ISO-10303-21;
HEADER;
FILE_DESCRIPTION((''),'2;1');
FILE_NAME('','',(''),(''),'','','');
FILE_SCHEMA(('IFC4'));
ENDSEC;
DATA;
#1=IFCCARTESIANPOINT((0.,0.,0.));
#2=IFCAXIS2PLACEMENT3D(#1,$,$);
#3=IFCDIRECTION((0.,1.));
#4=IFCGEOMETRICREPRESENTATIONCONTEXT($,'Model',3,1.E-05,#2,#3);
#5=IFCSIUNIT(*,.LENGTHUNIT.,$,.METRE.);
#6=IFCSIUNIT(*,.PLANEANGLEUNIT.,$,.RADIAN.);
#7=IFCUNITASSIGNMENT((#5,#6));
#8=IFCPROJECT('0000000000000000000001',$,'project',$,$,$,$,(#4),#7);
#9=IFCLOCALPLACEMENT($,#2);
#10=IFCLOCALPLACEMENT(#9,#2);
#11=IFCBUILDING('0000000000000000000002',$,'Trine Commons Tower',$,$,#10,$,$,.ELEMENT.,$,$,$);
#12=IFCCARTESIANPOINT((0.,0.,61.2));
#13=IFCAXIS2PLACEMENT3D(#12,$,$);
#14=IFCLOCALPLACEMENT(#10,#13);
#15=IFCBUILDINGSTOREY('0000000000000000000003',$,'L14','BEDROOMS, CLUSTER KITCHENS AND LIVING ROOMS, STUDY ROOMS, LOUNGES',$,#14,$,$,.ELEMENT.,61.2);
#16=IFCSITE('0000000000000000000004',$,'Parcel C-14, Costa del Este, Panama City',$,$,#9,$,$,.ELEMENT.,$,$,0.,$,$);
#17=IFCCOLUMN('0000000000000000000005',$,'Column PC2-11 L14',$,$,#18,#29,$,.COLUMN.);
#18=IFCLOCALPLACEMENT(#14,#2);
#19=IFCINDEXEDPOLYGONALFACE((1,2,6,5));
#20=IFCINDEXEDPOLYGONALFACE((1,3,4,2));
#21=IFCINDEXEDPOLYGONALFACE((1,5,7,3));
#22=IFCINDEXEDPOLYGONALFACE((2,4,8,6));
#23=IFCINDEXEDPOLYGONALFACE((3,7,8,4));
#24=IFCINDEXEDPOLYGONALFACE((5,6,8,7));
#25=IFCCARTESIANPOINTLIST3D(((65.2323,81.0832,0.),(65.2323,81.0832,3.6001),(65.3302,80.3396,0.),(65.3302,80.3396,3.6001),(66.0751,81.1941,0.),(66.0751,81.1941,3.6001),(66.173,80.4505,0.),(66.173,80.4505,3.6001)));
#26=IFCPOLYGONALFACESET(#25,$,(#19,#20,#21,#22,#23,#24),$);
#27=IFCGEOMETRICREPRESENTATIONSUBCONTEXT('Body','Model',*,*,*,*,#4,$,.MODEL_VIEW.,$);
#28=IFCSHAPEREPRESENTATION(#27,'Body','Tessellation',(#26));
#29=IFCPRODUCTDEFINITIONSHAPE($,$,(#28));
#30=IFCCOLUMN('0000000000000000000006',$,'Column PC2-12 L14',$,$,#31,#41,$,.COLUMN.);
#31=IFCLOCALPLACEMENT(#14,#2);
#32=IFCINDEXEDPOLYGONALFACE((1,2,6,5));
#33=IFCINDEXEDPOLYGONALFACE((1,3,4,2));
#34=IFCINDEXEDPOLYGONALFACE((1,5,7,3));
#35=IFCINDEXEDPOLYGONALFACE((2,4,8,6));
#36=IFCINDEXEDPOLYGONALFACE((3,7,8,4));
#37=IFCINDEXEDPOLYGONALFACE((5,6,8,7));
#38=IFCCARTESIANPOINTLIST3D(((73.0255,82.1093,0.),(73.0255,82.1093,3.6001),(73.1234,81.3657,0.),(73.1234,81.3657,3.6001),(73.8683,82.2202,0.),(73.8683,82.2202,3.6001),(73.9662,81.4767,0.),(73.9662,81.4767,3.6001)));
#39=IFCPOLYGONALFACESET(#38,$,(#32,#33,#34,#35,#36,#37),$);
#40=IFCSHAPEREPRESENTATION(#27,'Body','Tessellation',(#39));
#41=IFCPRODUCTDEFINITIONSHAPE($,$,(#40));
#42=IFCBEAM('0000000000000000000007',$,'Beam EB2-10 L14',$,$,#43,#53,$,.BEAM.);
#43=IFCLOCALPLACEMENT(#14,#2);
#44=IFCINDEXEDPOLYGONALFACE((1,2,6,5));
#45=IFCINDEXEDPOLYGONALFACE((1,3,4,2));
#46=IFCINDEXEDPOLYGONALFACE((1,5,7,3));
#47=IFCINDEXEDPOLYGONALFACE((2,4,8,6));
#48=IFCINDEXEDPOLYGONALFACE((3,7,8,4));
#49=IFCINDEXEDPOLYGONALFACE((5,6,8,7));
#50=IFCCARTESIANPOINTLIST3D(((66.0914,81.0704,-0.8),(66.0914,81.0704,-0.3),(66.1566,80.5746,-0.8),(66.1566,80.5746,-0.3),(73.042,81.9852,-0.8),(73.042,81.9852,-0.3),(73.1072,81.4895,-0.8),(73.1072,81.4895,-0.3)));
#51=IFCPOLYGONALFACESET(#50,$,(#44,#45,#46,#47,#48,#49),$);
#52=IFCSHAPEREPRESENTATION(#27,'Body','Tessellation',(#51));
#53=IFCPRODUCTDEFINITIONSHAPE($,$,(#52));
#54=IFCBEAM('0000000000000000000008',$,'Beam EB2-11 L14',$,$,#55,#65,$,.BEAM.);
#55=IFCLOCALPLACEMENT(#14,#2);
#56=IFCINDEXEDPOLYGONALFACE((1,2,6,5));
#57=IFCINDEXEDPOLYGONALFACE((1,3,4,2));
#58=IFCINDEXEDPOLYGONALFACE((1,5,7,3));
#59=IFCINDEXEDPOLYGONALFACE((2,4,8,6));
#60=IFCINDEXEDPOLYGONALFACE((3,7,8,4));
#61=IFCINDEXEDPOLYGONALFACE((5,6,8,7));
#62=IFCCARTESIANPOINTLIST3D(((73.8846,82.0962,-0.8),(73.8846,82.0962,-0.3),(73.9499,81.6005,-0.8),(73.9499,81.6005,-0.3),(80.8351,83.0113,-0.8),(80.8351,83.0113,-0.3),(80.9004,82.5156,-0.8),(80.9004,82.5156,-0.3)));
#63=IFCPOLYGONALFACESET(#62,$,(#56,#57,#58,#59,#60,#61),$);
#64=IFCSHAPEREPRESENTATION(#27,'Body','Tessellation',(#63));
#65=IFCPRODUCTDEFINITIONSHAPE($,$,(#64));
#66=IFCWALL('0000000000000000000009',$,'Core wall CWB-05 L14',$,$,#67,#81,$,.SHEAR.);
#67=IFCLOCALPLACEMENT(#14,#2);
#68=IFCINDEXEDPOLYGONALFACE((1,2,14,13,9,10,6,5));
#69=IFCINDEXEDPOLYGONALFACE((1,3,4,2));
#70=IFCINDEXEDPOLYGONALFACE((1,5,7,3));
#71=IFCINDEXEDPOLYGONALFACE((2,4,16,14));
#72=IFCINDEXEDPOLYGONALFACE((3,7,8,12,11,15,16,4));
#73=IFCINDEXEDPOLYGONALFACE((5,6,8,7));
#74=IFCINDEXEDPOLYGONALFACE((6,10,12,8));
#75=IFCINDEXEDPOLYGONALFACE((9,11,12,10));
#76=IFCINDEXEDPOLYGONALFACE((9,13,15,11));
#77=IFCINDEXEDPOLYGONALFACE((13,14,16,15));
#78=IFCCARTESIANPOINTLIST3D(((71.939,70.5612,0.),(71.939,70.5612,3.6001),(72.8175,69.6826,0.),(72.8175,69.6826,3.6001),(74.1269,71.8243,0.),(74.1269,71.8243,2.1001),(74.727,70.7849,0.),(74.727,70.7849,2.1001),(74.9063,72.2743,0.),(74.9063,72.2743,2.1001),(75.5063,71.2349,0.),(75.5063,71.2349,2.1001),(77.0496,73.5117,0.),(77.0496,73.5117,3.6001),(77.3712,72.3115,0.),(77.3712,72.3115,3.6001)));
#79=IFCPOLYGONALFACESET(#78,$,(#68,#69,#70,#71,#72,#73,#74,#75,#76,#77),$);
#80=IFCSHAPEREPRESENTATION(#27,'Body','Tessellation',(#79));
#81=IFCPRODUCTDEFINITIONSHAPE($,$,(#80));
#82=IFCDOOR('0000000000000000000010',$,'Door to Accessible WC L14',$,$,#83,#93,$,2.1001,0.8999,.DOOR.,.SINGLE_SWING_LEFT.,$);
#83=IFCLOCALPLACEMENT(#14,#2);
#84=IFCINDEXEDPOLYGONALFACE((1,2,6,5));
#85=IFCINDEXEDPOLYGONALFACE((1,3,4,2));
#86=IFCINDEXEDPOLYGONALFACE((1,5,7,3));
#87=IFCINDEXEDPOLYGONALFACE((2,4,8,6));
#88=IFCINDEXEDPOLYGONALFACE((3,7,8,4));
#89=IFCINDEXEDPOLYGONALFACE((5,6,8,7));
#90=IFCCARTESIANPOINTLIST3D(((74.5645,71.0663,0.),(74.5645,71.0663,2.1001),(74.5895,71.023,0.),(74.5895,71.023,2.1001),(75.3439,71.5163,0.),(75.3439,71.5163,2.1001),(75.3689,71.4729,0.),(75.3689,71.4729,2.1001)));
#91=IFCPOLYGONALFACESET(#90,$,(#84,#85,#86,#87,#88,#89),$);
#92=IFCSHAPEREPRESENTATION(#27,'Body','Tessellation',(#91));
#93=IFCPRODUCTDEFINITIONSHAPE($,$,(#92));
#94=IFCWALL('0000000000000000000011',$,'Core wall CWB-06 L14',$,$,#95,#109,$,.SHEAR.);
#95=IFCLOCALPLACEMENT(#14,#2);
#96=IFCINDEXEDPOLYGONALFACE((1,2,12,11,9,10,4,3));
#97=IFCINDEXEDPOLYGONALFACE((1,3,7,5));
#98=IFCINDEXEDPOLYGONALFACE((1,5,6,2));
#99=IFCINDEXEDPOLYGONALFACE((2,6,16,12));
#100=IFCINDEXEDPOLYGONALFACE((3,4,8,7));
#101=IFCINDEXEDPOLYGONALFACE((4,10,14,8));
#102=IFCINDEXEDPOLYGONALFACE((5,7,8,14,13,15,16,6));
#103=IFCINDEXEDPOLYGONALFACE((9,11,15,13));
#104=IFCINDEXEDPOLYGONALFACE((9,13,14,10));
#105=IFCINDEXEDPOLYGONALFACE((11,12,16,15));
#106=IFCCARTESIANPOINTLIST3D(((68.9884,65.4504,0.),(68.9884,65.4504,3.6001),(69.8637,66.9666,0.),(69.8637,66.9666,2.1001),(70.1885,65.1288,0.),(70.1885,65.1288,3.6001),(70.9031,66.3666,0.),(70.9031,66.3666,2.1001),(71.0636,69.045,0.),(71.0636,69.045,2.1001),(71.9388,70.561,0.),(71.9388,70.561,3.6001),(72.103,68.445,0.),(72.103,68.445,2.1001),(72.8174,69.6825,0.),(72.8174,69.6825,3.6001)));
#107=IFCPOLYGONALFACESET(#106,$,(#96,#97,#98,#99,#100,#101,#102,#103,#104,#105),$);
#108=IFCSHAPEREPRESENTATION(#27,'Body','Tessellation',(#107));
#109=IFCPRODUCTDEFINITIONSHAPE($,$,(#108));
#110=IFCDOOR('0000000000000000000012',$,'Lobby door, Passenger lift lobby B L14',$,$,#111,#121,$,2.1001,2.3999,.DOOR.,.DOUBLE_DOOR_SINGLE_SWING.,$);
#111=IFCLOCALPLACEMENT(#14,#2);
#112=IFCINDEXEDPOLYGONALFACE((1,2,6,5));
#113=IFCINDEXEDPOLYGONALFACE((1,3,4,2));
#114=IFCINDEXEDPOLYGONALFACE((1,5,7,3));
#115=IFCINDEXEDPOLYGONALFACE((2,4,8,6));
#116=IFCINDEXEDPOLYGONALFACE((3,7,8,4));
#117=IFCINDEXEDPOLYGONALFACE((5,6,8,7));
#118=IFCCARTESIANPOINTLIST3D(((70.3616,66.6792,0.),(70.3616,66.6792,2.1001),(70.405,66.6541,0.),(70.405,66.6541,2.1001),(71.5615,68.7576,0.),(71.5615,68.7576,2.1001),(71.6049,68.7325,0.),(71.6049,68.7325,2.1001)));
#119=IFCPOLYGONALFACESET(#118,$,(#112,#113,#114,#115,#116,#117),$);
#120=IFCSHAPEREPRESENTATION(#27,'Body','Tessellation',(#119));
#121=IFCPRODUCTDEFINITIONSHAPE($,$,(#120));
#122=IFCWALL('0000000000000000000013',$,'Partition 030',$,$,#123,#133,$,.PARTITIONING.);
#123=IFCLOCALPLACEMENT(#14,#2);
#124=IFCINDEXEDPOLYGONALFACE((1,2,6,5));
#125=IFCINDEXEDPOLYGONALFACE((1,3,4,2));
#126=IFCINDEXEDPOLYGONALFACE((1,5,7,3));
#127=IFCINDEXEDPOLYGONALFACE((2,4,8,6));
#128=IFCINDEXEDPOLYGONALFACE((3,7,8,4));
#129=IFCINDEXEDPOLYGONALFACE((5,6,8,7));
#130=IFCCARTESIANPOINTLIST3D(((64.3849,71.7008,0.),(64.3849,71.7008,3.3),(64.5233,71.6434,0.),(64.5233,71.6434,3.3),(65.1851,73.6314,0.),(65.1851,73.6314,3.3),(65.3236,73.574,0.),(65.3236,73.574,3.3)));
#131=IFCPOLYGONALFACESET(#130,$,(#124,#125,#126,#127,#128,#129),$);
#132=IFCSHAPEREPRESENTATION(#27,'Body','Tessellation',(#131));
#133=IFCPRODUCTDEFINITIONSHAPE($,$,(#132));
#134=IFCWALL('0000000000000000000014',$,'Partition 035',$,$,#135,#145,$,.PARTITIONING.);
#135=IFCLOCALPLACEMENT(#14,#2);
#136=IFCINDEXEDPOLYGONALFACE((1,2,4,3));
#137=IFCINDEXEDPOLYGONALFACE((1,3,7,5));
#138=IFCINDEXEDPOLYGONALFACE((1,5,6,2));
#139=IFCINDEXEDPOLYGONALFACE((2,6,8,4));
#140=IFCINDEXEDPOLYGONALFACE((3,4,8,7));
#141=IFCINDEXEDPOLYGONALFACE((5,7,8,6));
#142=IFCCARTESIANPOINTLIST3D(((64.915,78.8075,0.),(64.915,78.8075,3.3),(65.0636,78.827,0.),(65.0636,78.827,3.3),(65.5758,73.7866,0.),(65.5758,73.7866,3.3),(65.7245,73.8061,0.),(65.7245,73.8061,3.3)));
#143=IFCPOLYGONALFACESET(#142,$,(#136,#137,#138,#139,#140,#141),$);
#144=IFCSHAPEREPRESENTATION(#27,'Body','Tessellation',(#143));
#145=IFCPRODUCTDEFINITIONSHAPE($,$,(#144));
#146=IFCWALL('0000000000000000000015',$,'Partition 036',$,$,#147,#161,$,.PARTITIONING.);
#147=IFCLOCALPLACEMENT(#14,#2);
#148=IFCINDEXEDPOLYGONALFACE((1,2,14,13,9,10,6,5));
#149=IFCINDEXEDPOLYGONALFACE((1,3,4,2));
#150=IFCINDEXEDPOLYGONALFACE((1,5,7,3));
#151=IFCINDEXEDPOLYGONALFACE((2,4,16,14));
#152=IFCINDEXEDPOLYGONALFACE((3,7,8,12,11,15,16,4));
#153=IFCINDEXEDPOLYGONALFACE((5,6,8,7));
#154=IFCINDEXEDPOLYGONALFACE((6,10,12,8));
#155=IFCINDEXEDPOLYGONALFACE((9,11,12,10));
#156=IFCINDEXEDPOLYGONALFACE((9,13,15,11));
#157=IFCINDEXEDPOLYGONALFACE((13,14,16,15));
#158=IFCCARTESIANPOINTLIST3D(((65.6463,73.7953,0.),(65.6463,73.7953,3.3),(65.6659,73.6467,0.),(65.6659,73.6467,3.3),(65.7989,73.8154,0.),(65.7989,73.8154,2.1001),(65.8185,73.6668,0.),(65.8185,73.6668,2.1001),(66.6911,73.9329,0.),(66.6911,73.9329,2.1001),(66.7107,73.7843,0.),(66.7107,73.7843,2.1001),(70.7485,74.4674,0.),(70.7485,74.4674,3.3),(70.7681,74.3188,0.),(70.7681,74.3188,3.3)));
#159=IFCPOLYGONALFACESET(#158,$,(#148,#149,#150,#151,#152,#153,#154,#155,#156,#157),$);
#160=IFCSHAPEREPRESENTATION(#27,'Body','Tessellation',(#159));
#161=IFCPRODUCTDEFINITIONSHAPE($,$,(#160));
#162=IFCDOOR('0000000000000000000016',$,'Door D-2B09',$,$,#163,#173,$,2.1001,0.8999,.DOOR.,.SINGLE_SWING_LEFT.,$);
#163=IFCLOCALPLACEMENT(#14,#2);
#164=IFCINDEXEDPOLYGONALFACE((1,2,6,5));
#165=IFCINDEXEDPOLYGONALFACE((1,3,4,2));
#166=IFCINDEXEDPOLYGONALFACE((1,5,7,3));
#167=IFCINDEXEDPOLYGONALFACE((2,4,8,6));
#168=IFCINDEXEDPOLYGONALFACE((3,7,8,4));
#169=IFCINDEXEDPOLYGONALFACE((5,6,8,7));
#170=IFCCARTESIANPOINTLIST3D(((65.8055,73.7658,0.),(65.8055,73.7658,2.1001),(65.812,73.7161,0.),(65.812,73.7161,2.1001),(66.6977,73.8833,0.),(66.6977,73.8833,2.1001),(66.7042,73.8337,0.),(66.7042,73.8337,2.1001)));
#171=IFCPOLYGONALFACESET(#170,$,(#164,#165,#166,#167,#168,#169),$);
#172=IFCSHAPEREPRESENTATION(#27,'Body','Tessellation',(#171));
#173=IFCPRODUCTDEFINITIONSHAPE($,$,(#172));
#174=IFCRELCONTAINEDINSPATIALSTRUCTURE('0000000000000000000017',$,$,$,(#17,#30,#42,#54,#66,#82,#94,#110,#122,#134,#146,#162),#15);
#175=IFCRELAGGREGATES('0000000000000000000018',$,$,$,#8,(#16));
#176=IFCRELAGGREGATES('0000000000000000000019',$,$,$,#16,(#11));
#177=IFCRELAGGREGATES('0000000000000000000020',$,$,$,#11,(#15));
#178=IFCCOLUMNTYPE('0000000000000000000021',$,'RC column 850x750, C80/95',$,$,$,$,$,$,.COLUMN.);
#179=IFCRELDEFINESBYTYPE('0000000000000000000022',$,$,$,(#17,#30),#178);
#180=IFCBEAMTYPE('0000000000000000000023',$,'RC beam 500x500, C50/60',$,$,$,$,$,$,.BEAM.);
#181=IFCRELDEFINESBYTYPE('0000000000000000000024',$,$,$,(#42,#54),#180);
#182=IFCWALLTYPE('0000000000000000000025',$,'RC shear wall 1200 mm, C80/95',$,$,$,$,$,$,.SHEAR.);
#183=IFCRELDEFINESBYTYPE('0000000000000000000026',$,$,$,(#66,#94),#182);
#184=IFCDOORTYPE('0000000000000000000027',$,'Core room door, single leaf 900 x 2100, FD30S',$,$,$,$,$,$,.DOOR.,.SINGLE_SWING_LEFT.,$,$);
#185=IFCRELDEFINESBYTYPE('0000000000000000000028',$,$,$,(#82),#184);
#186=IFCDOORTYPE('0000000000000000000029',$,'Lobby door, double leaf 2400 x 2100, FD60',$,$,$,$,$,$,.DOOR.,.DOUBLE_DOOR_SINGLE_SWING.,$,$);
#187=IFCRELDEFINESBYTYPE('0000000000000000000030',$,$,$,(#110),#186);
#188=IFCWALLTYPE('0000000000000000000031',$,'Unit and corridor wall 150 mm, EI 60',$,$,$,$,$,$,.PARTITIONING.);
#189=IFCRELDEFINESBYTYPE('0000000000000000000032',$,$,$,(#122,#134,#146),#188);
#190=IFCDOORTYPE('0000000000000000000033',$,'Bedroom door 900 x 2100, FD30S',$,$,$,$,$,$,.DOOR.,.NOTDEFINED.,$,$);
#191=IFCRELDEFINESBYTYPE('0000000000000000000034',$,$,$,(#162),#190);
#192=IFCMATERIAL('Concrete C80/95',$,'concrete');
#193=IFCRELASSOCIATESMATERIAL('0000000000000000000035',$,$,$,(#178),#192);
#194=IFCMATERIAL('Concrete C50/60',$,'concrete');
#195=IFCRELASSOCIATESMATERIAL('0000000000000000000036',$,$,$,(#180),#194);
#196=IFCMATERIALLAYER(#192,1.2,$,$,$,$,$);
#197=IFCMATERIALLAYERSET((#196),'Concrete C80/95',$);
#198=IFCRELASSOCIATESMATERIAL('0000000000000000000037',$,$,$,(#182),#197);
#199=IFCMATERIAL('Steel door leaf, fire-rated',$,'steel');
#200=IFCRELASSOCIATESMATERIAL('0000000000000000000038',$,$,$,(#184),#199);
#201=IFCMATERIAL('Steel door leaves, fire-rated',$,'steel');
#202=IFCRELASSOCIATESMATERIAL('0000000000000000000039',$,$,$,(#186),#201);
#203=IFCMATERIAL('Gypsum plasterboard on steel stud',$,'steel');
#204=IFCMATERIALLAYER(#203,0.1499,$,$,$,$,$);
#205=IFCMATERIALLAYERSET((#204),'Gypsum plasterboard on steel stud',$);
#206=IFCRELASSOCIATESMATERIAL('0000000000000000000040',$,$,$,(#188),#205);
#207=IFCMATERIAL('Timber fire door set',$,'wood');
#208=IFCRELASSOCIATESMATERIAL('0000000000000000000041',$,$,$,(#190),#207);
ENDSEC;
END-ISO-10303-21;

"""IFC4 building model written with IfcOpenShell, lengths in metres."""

from ifc_helpers import new_model, si_unit, direction, frame, frame_2d, origin, origin_2d, place, context, subcontext, project, spatial, polyline, rectangle, outline, extrude, material, layer, layer_set, material_profile, profile_set, type_object, element, fill, save


model = new_model("IFC4")

# Units and contexts
model_context = context("Model", 3, precision=1e-05, world=origin(), true_north=direction((0.0, 1.0)))
body_context = subcontext(model_context, "Body", "Model", "MODEL_VIEW")
ifc_project = project(units=[si_unit("LENGTHUNIT", "METRE"), si_unit("PLANEANGLEUNIT", "RADIAN")], contexts=[model_context])

# Site, building, storey
site_placement = place(None, origin())
site = spatial("IfcSite", under=ifc_project, at=site_placement, Name="Parcel C-14, Costa del Este, Panama City", CompositionType="ELEMENT", RefElevation=0.0)
building_placement = place(site_placement, origin())
building = spatial("IfcBuilding", under=site, at=building_placement, Name="Trine Commons Tower", CompositionType="ELEMENT")
storey_placement = place(building_placement, frame((0.0, 0.0, 61.2)))
storey = spatial("IfcBuildingStorey", under=building, at=storey_placement, Name="L14", Description="BEDROOMS, CLUSTER KITCHENS AND LIVING ROOMS, STUDY ROOMS, LOUNGES", CompositionType="ELEMENT", Elevation=61.2)

# Columns
ifc_material_1 = material(Name="Concrete C80/95", Category="concrete")
ifc_material_profile_1 = material_profile(ifc_material_1, rectangle(XDim=0.8501, YDim=0.75, at=origin_2d()), Name="RC 850x750")
ifc_profile_set_1 = profile_set([ifc_material_profile_1], Name="Concrete C80/95")
column_type = type_object("IfcColumnType", Name="RC column 850x750, C80/95", PredefinedType="COLUMN", material=ifc_profile_set_1)
for number, where, z_axis, x_axis, name in (
    (1, (65.7026, 80.7668, 0.0), (0.0, 0.0, 1.0), (0.991445, 0.130526, 0.0), "Column PC2-11 L14"),
    (2, (73.4958, 81.793, 0.0), (0.0, 0.0, 1.0), (0.991445, 0.130526, 0.0), "Column PC2-12 L14"),
):
    element("IfcColumn", number, at=place(storey_placement, frame(where, z_axis=z_axis, x_axis=x_axis)), inside=storey, type_object=column_type, Name=name, PredefinedType="COLUMN", context=body_context, shape_type="SweptSolid", body=[
        extrude(rectangle(XDim=0.8501, YDim=0.75, at=origin_2d()), origin(), (0.0, 0.0, 1.0), 3.6001),
    ])

# Beams
ifc_material_2 = material(Name="Concrete C50/60", Category="concrete")
ifc_material_profile_2 = material_profile(ifc_material_2, rectangle(XDim=0.5, YDim=0.5, at=origin_2d()), Name="RC 500x500")
ifc_profile_set_2 = profile_set([ifc_material_profile_2], Name="Concrete C50/60")
beam_type = type_object("IfcBeamType", Name="RC beam 500x500, C50/60", PredefinedType="BEAM", material=ifc_profile_set_2)
for number, where, z_axis, x_axis, name in (
    (3, (66.124, 80.8225, -0.55), (0.991449, 0.130491, 0.0), (-0.130491, 0.991449, 0.0), "Beam EB2-10 L14"),
    (4, (73.9172, 81.8484, -0.55), (0.991445, 0.130526, 0.0), (-0.130526, 0.991445, 0.0), "Beam EB2-11 L14"),
):
    element("IfcBeam", number, at=place(storey_placement, frame(where, z_axis=z_axis, x_axis=x_axis)), inside=storey, type_object=beam_type, Name=name, PredefinedType="BEAM", context=body_context, shape_type="SweptSolid", body=[
        extrude(rectangle(XDim=0.5, YDim=0.5, at=origin_2d()), origin(), (0.0, 0.0, 1.0), 7.0105),
    ])

# Walls, openings, doors
ifc_layer_1 = layer(ifc_material_1, 1.2)
ifc_layer_set_1 = layer_set([ifc_layer_1], Name="Concrete C80/95")
wall_type_1 = type_object("IfcWallType", Name="RC shear wall 1200 mm, C80/95", PredefinedType="SHEAR", material=ifc_layer_set_1)
wall_1_placement = place(storey_placement, frame((77.3496, 72.9919, 0.0), z_axis=(0.0, 0.0, 1.0), x_axis=(-0.866037, -0.499979, 0.0)))
wall_1 = element("IfcWall", 5, at=wall_1_placement, inside=storey, type_object=wall_type_1, Name="Core wall CWB-05 L14", PredefinedType="SHEAR", context=body_context, shape_type="SweptSolid", body=[
    extrude(outline(polyline([(0.0, -0.6001), (5.9011, -0.6001), (5.5796, 0.6001), (0.3215, 0.6001), (0.0, -0.6001)])), origin(), (0.0, 0.0, 1.0), 3.6001),
])
opening_1_placement = place(wall_1_placement, frame((2.4749, 0.0, 0.0)))
opening_1 = element("IfcOpeningElement", 6, at=opening_1_placement, cuts=wall_1, PredefinedType="OPENING", context=body_context, shape_type="SweptSolid", body=[
    extrude(rectangle(XDim=0.8999, YDim=2.1001, at=frame_2d((0.45, 1.05))), frame((0.0, 0.6099, 0.0), z_axis=(0.0, -1.0, 0.0), x_axis=(1.0, 0.0, 0.0)), (0.0, 0.0, 1.0), 1.22),
])
ifc_material_3 = material(Name="Steel door leaf, fire-rated", Category="steel")
door_type_1 = type_object("IfcDoorType", Name="Core room door, single leaf 900 x 2100, FD30S", OperationType="SINGLE_SWING_LEFT", PredefinedType="DOOR", material=ifc_material_3)
door_1_placement = place(opening_1_placement, origin())
door_1 = element("IfcDoor", 7, at=door_1_placement, inside=storey, type_object=door_type_1, Name="Door to Accessible WC L14", OperationType="SINGLE_SWING_LEFT", OverallHeight=2.1001, OverallWidth=0.8999, PredefinedType="DOOR", context=body_context, shape_type="SweptSolid", body=[
    extrude(rectangle(XDim=0.8999, YDim=2.1001, at=frame_2d((0.45, 1.05))), frame((0.0, 0.3252, 0.0), z_axis=(0.0, -1.0, 0.0), x_axis=(1.0, 0.0, 0.0)), (0.0, 0.0, 1.0), 0.05),
])
fill(opening_1, door_1)
wall_2_placement = place(storey_placement, frame((72.4585, 70.261, 0.0), z_axis=(0.0, 0.0, 1.0), x_axis=(-0.499979, -0.866037, 0.0)))
wall_2 = element("IfcWall", 8, at=wall_2_placement, inside=storey, type_object=wall_type_1, Name="Core wall CWB-06 L14", PredefinedType="SHEAR", context=body_context, shape_type="SweptSolid", body=[
    extrude(outline(polyline([(0.0, -0.6001), (5.9011, -0.6001), (5.5796, 0.6001), (0.3215, 0.6001), (0.0, -0.6001)])), origin(), (0.0, 0.0, 1.0), 3.6001),
])
opening_2_placement = place(wall_2_placement, frame((1.7505, 0.0, 0.0)))
opening_2 = element("IfcOpeningElement", 9, at=opening_2_placement, cuts=wall_2, PredefinedType="OPENING", context=body_context, shape_type="SweptSolid", body=[
    extrude(rectangle(XDim=2.3999, YDim=2.1001, at=frame_2d((1.2, 1.05))), frame((0.0, 0.6099, 0.0), z_axis=(0.0, -1.0, 0.0), x_axis=(1.0, 0.0, 0.0)), (0.0, 0.0, 1.0), 1.22),
])
ifc_material_4 = material(Name="Steel door leaves, fire-rated", Category="steel")
door_type_2 = type_object("IfcDoorType", Name="Lobby door, double leaf 2400 x 2100, FD60", OperationType="DOUBLE_DOOR_SINGLE_SWING", PredefinedType="DOOR", material=ifc_material_4)
door_2_placement = place(opening_2_placement, origin())
door_2 = element("IfcDoor", 10, at=door_2_placement, inside=storey, type_object=door_type_2, Name="Lobby door, Passenger lift lobby B L14", OperationType="DOUBLE_DOOR_SINGLE_SWING", OverallHeight=2.1001, OverallWidth=2.3999, PredefinedType="DOOR", context=body_context, shape_type="SweptSolid", body=[
    extrude(rectangle(XDim=2.3999, YDim=2.1001, at=frame_2d((1.2, 1.05))), frame((0.0, 0.0249, 0.0), z_axis=(0.0, -1.0, 0.0), x_axis=(1.0, 0.0, 0.0)), (0.0, 0.0, 1.0), 0.05),
])
fill(opening_2, door_2)

# Walls
ifc_material_5 = material(Name="Gypsum plasterboard on steel stud", Category="steel")
ifc_layer_2 = layer(ifc_material_5, 0.1499)
ifc_layer_set_2 = layer_set([ifc_layer_2], Name="Gypsum plasterboard on steel stud")
wall_type_2 = type_object("IfcWallType", Name="Unit and corridor wall 150 mm, EI 60", PredefinedType="PARTITIONING", material=ifc_layer_set_2)
wall_3_placement = place(storey_placement, frame((64.4541, 71.6721, 0.0), z_axis=(0.0, 0.0, 1.0), x_axis=(0.382923, 0.92378, 0.0)))
element("IfcWall", 11, at=wall_3_placement, inside=storey, type_object=wall_type_2, Name="Partition 030", PredefinedType="PARTITIONING", context=body_context, shape_type="SweptSolid", body=[
    extrude(rectangle(XDim=2.0898, YDim=0.1499, at=frame_2d((1.0449, 0.0))), origin(), (0.0, 0.0, 1.0), 3.3),
])
wall_4_placement = place(storey_placement, frame((64.9893, 78.8174, 0.0), z_axis=(0.0, 0.0, 1.0), x_axis=(0.130499, -0.991448, 0.0)))
element("IfcWall", 12, at=wall_4_placement, inside=storey, type_object=wall_type_2, Name="Partition 035", PredefinedType="PARTITIONING", context=body_context, shape_type="SweptSolid", body=[
    extrude(rectangle(XDim=5.0642, YDim=0.1499, at=frame_2d((2.5322, 0.0))), origin(), (0.0, 0.0, 1.0), 3.3),
])

# Wall, opening, door
wall_5_placement = place(storey_placement, frame((65.656, 73.7209, 0.0), z_axis=(0.0, 0.0, 1.0), x_axis=(0.991434, 0.130607, 0.0)))
wall_5 = element("IfcWall", 13, at=wall_5_placement, inside=storey, type_object=wall_type_2, Name="Partition 036", PredefinedType="PARTITIONING", context=body_context, shape_type="SweptSolid", body=[
    extrude(rectangle(XDim=5.1462, YDim=0.1499, at=frame_2d((2.5732, 0.0))), origin(), (0.0, 0.0, 1.0), 3.3),
])
opening_3_placement = place(wall_5_placement, frame((0.1541, 0.0, 0.0)))
opening_3 = element("IfcOpeningElement", 14, at=opening_3_placement, cuts=wall_5, PredefinedType="OPENING", context=body_context, shape_type="SweptSolid", body=[
    extrude(rectangle(XDim=0.8999, YDim=2.1001, at=frame_2d((0.45, 1.05))), frame((0.0, 0.085, 0.0), z_axis=(0.0, -1.0, 0.0), x_axis=(1.0, 0.0, 0.0)), (0.0, 0.0, 1.0), 0.1699),
])
ifc_material_6 = material(Name="Timber fire door set", Category="wood")
door_type_3 = type_object("IfcDoorType", Name="Bedroom door 900 x 2100, FD30S", OperationType="NOTDEFINED", PredefinedType="DOOR", material=ifc_material_6)
door_3_placement = place(opening_3_placement, origin())
door_3 = element("IfcDoor", 15, at=door_3_placement, inside=storey, type_object=door_type_3, Name="Door D-2B09", OperationType="SINGLE_SWING_LEFT", OverallHeight=2.1001, OverallWidth=0.8999, PredefinedType="DOOR", context=body_context, shape_type="SweptSolid", body=[
    extrude(rectangle(XDim=0.8999, YDim=2.1001, at=frame_2d((0.45, 1.05))), frame((0.0, 0.0249, 0.0), z_axis=(0.0, -1.0, 0.0), x_axis=(1.0, 0.0, 0.0)), (0.0, 0.0, 1.0), 0.05),
])
fill(opening_3, door_3)

save(model, "model.ifc")
